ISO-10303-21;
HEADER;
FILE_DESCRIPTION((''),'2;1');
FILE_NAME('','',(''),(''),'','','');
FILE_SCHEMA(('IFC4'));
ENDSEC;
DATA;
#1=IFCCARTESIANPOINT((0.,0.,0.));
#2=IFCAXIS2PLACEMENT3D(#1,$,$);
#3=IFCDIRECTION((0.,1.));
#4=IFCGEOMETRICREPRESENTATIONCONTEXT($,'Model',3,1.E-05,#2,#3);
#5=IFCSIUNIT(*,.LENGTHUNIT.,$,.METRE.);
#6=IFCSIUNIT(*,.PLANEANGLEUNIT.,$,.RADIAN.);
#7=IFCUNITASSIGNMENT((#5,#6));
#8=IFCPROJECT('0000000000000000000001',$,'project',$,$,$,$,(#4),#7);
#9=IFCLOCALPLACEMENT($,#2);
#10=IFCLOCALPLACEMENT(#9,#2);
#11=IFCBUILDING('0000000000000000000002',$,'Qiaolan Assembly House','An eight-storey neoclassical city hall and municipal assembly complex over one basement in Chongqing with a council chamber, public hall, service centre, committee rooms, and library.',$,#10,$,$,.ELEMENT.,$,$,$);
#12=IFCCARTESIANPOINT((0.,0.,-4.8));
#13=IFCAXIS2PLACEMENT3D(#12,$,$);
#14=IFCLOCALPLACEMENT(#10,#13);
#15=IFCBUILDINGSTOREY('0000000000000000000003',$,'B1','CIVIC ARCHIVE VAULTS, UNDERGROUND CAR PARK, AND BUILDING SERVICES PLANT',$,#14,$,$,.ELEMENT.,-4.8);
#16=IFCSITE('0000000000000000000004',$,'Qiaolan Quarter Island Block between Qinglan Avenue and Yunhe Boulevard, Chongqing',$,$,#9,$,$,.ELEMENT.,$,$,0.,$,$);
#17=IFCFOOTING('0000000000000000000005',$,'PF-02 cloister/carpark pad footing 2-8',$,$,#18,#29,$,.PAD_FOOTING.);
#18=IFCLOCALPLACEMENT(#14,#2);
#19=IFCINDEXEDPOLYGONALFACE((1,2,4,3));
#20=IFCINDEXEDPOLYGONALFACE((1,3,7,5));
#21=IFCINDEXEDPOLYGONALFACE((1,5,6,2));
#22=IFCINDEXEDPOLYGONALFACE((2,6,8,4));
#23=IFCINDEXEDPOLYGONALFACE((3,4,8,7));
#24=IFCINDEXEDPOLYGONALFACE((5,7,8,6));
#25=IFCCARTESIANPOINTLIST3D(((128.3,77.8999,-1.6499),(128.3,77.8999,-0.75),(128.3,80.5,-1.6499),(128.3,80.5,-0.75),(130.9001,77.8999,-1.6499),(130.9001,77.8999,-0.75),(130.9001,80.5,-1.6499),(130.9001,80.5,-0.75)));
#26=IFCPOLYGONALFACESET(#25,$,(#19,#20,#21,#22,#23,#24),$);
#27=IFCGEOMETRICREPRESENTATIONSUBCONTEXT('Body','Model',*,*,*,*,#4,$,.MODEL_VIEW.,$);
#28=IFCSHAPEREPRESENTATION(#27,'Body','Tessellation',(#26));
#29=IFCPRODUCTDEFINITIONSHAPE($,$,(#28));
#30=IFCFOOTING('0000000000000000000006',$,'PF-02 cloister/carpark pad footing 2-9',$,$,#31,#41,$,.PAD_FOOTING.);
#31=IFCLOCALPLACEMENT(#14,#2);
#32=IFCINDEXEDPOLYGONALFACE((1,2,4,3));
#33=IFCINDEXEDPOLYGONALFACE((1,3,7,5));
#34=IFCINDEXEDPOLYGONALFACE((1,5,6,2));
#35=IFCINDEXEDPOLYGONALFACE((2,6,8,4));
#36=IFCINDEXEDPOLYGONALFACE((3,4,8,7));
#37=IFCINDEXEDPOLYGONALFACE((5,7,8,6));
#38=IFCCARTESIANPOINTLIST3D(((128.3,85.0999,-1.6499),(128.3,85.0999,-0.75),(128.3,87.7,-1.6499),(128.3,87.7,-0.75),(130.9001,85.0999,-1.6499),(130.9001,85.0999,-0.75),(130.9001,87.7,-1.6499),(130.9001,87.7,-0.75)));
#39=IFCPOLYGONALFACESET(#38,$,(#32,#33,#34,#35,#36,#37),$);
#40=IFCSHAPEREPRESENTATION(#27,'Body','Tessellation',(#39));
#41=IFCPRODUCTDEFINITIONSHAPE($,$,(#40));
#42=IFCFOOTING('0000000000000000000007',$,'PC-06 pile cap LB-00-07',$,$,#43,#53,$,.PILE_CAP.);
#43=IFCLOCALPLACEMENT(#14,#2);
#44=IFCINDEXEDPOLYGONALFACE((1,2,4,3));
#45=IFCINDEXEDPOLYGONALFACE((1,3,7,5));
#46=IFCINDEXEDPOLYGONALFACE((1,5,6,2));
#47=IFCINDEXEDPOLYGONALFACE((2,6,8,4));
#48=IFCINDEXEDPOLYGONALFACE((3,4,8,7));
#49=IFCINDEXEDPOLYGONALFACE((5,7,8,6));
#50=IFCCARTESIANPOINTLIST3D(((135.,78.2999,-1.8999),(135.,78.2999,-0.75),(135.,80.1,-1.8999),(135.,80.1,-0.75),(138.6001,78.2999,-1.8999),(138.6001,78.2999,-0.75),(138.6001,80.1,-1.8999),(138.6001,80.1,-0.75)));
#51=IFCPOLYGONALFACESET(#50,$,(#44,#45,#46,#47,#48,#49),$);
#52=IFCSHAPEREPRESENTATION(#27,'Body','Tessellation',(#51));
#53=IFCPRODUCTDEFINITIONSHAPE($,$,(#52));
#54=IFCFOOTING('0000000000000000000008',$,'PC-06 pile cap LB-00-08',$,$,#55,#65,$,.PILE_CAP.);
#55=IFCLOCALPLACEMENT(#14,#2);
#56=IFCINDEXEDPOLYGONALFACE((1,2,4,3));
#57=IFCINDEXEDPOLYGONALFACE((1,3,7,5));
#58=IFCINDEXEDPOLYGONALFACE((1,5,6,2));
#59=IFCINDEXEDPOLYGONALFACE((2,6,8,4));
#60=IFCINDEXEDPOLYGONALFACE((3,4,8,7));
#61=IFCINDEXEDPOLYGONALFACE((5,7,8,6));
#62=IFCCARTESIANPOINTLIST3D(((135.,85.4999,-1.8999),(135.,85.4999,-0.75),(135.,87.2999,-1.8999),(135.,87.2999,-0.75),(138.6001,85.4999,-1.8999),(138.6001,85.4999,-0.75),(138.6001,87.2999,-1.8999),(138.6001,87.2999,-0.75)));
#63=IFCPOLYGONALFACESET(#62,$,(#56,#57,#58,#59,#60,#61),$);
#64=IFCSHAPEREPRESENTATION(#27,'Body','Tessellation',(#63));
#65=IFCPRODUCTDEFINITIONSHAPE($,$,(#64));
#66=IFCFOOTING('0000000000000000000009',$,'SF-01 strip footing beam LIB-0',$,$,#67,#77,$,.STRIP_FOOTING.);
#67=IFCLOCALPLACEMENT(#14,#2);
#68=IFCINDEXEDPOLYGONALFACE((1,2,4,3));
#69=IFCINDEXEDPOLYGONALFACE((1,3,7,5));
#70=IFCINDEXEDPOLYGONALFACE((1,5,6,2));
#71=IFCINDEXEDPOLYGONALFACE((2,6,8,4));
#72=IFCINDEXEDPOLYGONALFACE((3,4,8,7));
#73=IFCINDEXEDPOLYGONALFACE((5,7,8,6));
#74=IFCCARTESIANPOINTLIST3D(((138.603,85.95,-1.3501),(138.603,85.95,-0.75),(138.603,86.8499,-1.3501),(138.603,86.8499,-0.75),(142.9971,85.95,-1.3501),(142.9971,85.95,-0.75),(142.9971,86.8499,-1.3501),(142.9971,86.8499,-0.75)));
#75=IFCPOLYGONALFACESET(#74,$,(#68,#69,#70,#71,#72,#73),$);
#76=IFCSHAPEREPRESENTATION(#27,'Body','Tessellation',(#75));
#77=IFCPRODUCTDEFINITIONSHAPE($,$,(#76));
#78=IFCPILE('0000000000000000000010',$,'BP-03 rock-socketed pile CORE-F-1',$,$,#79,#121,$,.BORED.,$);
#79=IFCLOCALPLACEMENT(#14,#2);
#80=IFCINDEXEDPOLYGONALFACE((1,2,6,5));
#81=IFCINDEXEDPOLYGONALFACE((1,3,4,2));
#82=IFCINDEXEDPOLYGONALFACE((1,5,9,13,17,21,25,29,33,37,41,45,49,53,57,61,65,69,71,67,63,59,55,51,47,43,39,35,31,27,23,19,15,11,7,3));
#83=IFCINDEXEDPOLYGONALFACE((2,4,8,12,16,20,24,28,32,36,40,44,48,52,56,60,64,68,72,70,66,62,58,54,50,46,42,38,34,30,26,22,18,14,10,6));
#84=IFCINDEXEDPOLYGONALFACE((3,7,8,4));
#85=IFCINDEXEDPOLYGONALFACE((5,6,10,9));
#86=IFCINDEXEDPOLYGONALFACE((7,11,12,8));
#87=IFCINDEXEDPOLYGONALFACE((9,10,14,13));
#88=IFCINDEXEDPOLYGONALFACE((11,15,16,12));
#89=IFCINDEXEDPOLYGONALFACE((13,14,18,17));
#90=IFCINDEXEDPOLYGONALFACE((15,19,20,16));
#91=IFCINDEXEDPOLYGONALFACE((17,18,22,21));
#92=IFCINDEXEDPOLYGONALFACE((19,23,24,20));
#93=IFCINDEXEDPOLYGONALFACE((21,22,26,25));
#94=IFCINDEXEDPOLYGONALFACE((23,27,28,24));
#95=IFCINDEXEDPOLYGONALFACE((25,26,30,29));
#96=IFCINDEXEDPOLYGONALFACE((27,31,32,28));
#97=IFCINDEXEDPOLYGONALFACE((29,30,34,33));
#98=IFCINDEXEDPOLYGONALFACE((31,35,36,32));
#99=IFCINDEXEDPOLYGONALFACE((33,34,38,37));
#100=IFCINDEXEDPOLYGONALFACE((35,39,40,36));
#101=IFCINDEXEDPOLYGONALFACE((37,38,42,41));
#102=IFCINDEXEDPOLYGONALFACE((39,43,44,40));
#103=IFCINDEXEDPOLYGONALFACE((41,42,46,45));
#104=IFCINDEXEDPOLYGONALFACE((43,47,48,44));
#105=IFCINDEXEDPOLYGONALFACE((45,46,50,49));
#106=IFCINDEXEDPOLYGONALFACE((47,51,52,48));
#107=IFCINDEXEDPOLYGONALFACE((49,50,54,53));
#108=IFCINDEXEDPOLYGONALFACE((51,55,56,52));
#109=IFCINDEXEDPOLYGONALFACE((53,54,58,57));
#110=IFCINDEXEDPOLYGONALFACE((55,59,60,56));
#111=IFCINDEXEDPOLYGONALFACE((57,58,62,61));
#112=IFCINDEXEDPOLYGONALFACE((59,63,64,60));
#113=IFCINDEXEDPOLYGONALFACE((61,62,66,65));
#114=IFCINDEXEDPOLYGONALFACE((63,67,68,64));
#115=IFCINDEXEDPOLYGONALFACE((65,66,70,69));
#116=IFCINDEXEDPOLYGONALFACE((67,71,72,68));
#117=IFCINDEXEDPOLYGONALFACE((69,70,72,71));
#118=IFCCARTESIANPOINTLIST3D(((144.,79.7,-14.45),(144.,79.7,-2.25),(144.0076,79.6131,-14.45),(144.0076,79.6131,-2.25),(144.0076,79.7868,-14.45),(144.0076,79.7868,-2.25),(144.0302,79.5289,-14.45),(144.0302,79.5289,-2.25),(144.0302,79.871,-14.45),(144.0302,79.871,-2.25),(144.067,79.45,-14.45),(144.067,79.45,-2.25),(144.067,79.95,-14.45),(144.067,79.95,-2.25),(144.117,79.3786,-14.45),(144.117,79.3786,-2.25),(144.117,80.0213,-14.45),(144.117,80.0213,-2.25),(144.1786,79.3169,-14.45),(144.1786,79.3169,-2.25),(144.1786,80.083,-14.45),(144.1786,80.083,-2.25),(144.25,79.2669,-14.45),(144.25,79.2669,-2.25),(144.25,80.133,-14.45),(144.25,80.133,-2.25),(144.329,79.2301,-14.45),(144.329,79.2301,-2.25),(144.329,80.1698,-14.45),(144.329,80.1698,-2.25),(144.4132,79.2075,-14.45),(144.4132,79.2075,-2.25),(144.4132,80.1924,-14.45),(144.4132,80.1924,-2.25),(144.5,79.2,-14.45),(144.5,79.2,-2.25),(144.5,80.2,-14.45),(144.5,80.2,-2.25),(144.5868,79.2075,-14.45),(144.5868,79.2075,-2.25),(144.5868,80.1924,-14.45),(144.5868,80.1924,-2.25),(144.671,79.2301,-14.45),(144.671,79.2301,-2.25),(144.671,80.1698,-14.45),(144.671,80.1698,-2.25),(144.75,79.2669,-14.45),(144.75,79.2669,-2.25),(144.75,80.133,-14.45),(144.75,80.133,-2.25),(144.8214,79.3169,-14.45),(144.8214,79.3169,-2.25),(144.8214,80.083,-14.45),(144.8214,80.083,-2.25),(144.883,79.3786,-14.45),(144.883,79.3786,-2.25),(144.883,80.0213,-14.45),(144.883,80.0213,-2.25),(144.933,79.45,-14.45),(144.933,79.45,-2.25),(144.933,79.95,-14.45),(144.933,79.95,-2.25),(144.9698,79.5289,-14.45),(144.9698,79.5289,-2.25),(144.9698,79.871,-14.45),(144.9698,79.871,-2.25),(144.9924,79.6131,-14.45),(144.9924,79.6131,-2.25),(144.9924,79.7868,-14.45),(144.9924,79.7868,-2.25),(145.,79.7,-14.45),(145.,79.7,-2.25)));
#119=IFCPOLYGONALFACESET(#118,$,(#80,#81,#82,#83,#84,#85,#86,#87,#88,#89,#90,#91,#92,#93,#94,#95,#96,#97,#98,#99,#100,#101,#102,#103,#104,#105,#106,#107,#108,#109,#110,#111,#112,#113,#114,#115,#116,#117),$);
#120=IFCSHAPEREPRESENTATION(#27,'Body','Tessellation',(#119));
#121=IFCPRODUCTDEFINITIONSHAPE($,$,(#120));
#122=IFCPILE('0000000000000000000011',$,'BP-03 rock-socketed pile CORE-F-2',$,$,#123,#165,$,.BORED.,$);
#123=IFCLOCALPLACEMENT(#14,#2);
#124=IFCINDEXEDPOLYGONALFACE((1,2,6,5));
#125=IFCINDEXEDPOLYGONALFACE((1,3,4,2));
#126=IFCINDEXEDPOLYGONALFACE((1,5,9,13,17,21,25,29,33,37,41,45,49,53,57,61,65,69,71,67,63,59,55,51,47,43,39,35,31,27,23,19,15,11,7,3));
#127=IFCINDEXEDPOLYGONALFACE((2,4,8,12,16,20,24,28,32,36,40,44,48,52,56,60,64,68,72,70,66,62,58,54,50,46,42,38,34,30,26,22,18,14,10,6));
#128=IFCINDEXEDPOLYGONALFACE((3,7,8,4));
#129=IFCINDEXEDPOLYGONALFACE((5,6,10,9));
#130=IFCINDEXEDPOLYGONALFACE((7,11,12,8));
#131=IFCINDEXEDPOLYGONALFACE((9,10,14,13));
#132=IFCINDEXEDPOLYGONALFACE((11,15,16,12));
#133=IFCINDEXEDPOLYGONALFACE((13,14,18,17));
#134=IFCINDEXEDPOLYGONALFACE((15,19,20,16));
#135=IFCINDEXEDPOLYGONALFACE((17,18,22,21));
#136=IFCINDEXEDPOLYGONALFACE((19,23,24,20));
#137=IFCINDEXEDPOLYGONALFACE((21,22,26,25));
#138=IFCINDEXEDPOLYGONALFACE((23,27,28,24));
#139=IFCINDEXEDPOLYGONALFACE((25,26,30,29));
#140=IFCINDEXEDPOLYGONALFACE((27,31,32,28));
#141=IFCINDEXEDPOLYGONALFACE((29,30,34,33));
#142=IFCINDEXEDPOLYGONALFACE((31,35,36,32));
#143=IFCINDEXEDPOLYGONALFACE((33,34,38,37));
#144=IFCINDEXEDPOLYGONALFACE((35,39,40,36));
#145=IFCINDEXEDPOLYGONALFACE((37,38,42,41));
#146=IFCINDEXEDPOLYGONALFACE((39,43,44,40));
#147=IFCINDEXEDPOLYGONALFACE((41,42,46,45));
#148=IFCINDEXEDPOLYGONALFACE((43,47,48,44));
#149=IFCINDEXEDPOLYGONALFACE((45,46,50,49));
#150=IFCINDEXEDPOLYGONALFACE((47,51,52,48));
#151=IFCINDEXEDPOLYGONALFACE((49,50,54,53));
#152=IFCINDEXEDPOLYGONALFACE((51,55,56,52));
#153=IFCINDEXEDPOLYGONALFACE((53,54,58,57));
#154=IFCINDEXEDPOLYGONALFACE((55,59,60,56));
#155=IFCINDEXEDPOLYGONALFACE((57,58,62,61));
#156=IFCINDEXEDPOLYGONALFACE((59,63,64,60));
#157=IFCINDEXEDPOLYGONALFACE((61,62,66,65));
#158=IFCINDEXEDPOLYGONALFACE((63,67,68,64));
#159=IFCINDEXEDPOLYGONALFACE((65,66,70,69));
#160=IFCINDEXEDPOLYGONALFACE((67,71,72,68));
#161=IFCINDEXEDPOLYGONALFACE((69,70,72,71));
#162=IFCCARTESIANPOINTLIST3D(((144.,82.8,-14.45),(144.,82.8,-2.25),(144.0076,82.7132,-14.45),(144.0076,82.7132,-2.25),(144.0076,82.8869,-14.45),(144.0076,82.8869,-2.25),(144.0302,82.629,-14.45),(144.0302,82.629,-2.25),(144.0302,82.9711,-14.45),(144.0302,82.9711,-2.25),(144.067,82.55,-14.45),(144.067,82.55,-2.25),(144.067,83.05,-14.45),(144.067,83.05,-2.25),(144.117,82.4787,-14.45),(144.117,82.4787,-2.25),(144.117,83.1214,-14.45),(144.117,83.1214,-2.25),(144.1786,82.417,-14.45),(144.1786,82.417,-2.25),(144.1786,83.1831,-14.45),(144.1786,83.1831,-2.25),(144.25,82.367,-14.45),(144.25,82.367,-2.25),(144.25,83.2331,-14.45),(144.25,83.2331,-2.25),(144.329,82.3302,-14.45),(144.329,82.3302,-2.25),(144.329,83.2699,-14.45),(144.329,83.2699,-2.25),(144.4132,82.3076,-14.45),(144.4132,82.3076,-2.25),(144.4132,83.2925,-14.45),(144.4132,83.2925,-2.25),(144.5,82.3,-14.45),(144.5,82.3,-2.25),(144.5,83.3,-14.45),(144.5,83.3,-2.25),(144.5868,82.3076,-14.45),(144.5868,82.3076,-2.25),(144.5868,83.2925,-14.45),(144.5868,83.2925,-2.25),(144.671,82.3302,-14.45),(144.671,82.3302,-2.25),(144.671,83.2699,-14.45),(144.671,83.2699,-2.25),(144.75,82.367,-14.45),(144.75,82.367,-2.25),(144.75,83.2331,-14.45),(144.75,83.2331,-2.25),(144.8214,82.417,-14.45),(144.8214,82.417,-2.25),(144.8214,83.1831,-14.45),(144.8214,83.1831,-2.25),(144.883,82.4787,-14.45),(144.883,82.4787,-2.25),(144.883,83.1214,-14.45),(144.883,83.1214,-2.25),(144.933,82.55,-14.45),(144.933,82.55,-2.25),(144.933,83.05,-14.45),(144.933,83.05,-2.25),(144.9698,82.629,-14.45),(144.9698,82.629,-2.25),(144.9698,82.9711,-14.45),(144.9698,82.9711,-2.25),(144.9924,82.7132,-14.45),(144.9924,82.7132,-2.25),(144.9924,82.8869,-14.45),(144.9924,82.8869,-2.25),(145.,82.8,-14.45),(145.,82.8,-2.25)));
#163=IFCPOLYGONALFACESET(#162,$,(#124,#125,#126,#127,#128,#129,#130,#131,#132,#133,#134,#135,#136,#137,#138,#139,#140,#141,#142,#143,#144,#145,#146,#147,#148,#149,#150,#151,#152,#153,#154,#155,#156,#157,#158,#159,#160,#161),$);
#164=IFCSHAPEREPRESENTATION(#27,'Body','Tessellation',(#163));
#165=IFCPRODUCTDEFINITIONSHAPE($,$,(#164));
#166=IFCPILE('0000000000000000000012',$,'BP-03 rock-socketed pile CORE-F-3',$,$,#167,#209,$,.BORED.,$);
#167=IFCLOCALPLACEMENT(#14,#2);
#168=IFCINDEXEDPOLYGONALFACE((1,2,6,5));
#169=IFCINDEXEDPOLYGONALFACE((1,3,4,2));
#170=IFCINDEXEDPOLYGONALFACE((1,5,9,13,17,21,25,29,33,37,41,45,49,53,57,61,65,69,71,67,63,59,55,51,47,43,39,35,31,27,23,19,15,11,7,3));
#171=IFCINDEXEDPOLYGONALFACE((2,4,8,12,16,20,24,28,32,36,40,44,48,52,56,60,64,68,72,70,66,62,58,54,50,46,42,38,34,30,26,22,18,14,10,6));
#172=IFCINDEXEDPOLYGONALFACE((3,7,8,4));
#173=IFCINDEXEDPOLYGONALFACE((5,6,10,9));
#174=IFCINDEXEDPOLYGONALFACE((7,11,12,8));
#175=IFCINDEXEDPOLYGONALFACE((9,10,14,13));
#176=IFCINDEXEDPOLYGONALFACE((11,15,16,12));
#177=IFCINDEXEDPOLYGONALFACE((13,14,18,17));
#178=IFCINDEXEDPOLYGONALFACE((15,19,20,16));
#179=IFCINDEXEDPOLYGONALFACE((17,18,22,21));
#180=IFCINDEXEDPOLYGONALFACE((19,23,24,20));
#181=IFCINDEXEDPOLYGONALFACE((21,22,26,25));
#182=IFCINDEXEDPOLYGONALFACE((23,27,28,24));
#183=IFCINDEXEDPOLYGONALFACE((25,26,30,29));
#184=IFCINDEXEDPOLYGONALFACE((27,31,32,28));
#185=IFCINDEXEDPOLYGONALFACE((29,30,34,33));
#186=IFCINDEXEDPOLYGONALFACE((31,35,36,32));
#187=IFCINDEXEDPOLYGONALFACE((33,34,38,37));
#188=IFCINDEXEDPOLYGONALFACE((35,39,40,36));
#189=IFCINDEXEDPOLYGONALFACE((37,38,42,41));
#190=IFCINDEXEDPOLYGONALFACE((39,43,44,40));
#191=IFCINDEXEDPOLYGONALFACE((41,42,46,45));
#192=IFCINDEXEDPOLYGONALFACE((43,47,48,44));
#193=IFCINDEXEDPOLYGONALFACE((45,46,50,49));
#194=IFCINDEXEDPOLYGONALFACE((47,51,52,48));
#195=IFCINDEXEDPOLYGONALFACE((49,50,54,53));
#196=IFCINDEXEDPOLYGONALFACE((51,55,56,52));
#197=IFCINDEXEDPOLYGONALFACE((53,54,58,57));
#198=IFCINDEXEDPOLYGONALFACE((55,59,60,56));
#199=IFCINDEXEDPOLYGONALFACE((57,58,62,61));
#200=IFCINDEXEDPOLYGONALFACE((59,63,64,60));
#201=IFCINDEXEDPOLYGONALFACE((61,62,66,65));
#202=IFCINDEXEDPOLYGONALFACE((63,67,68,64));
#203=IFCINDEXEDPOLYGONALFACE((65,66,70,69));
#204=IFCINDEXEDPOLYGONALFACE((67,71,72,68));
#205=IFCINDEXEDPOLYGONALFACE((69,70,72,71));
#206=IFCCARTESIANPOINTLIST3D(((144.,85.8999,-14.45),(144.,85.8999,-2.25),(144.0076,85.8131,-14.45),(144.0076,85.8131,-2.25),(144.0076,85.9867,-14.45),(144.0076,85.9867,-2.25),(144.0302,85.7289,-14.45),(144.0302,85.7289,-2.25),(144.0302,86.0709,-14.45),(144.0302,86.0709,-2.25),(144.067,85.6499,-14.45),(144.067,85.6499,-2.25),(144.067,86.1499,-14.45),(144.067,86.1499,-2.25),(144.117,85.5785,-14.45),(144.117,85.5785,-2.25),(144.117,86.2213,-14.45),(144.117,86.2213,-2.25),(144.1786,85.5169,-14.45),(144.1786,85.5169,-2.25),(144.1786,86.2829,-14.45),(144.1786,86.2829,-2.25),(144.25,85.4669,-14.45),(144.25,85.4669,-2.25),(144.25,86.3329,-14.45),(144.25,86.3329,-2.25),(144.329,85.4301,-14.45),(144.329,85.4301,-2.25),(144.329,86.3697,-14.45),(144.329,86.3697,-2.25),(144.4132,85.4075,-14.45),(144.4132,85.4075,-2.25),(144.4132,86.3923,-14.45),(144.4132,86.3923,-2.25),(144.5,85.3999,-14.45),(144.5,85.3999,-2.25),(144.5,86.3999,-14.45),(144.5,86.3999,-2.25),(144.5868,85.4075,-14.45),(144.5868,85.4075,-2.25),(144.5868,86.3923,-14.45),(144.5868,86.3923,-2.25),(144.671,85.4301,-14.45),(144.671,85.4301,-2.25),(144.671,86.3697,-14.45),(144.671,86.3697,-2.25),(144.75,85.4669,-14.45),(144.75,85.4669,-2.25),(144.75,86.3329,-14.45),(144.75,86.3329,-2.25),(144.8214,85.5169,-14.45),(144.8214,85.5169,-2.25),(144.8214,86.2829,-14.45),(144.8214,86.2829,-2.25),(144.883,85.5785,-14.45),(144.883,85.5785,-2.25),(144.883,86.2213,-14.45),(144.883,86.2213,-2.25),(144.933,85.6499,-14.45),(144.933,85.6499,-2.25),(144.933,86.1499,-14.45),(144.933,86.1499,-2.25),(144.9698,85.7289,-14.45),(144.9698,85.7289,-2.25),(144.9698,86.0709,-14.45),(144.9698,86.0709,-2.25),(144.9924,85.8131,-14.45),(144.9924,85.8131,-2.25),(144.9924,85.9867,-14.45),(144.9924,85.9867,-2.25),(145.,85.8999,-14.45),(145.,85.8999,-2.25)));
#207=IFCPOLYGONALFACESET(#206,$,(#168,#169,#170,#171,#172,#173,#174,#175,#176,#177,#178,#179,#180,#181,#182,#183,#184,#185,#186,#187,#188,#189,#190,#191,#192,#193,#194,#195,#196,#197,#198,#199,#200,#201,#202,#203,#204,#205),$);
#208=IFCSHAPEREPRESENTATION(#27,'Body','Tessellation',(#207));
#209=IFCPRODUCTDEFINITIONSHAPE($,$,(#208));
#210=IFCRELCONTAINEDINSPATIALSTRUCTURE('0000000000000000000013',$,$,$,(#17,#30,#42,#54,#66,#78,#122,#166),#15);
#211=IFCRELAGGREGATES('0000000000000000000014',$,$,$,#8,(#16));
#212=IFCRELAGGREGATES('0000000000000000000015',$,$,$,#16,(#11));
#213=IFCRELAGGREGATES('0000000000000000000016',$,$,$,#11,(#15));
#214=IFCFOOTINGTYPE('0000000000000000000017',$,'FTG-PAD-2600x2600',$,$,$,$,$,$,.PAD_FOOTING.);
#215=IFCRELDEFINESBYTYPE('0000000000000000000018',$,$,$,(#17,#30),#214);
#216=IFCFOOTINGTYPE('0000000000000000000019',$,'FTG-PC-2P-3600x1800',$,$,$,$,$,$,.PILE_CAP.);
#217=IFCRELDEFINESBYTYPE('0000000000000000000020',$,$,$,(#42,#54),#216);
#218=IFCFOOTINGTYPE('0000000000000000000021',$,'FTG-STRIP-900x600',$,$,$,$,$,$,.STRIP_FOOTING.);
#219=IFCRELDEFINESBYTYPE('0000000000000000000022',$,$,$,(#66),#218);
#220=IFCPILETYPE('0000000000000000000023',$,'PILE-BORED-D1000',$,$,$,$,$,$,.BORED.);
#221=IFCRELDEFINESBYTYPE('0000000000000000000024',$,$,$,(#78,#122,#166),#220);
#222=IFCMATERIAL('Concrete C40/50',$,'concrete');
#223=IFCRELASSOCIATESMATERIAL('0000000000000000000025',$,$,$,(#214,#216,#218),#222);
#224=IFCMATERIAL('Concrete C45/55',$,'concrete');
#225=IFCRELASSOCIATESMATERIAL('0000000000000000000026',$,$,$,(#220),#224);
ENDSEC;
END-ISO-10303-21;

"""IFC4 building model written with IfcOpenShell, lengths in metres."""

from ifc_helpers import new_model, si_unit, direction, frame, origin, origin_2d, place, context, subcontext, project, spatial, rectangle, circle, extrude, material, material_profile, profile_set, type_object, element, save


model = new_model("IFC4")

# Units and contexts
model_context = context("Model", 3, precision=1e-05, world=origin(), true_north=direction((0.0, 1.0)))
body_context = subcontext(model_context, "Body", "Model", "MODEL_VIEW")
ifc_project = project(units=[si_unit("LENGTHUNIT", "METRE"), si_unit("PLANEANGLEUNIT", "RADIAN")], contexts=[model_context])

# Site, building, storey
site_placement = place(None, origin())
site = spatial("IfcSite", under=ifc_project, at=site_placement, Name="Qiaolan Quarter Island Block between Qinglan Avenue and Yunhe Boulevard, Chongqing", CompositionType="ELEMENT", RefElevation=0.0)
building_placement = place(site_placement, origin())
building = spatial("IfcBuilding", under=site, at=building_placement, Name="Qiaolan Assembly House", Description="An eight-storey neoclassical city hall and municipal assembly complex over one basement in Chongqing with a council chamber, public hall, service centre, committee rooms, and library.", CompositionType="ELEMENT")
storey_placement = place(building_placement, frame((0.0, 0.0, -4.8)))
storey = spatial("IfcBuildingStorey", under=building, at=storey_placement, Name="B1", Description="CIVIC ARCHIVE VAULTS, UNDERGROUND CAR PARK, AND BUILDING SERVICES PLANT", CompositionType="ELEMENT", Elevation=-4.8)

# Footings
ifc_material_1 = material(Name="Concrete C40/50", Category="concrete")
footing_type_1 = type_object("IfcFootingType", Name="FTG-PAD-2600x2600", PredefinedType="PAD_FOOTING", material=ifc_material_1)
for number, where, z_axis, x_axis, name in (
    (1, (129.6001, 79.2, -1.6499), (0.0, 0.0, 1.0), (1.0, 0.0, 0.0), "PF-02 cloister/carpark pad footing 2-8"),
    (2, (129.6001, 86.3999, -1.6499), (0.0, 0.0, 1.0), (1.0, 0.0, 0.0), "PF-02 cloister/carpark pad footing 2-9"),
):
    element("IfcFooting", number, at=place(storey_placement, frame(where, z_axis=z_axis, x_axis=x_axis)), inside=storey, type_object=footing_type_1, Name=name, PredefinedType="PAD_FOOTING", context=body_context, shape_type="SweptSolid", body=[
        extrude(rectangle(XDim=2.6001, YDim=2.6001, at=origin_2d()), origin(), (0.0, 0.0, 1.0), 0.8999),
    ])
footing_type_2 = type_object("IfcFootingType", Name="FTG-PC-2P-3600x1800", PredefinedType="PILE_CAP", material=ifc_material_1)
for number, where, z_axis, x_axis, name in (
    (3, (136.8, 79.2, -1.8999), (0.0, 0.0, 1.0), (1.0, 0.0, 0.0), "PC-06 pile cap LB-00-07"),
    (4, (136.8, 86.3999, -1.8999), (0.0, 0.0, 1.0), (1.0, 0.0, 0.0), "PC-06 pile cap LB-00-08"),
):
    element("IfcFooting", number, at=place(storey_placement, frame(where, z_axis=z_axis, x_axis=x_axis)), inside=storey, type_object=footing_type_2, Name=name, PredefinedType="PILE_CAP", context=body_context, shape_type="SweptSolid", body=[
        extrude(rectangle(XDim=3.6001, YDim=1.8, at=origin_2d()), origin(), (0.0, 0.0, 1.0), 1.1499),
    ])
ifc_material_profile_1 = material_profile(ifc_material_1, rectangle(XDim=0.8999, YDim=0.6001, at=origin_2d()), Name="SF 900x600")
ifc_profile_set_1 = profile_set([ifc_material_profile_1], Name="Concrete C40/50")
footing_type_3 = type_object("IfcFootingType", Name="FTG-STRIP-900x600", PredefinedType="STRIP_FOOTING", material=ifc_profile_set_1)
footing_placement = place(storey_placement, frame((138.603, 86.3999, -1.05), z_axis=(1.0, 0.0, 0.0), x_axis=(0.0, 1.0, 0.0)))
element("IfcFooting", 5, at=footing_placement, inside=storey, type_object=footing_type_3, Name="SF-01 strip footing beam LIB-0", PredefinedType="STRIP_FOOTING", context=body_context, shape_type="SweptSolid", body=[
    extrude(rectangle(XDim=0.8999, YDim=0.6001, at=origin_2d()), origin(), (0.0, 0.0, 1.0), 4.394),
])

# Piles
ifc_material_2 = material(Name="Concrete C45/55", Category="concrete")
ifc_material_profile_2 = material_profile(ifc_material_2, circle(Radius=0.5, at=origin_2d()), Name="PILE D1000")
ifc_profile_set_2 = profile_set([ifc_material_profile_2], Name="Concrete C45/55")
pile_type_1 = type_object("IfcPileType", Name="PILE-BORED-D1000", PredefinedType="BORED", material=ifc_profile_set_2)
for number, where, z_axis, x_axis, name in (
    (6, (144.5, 79.7, -2.25), (0.0, 0.0, -1.0), (1.0, 0.0, 0.0), "BP-03 rock-socketed pile CORE-F-1"),
    (7, (144.5, 82.8, -2.25), (0.0, 0.0, -1.0), (1.0, 0.0, 0.0), "BP-03 rock-socketed pile CORE-F-2"),
    (8, (144.5, 85.8999, -2.25), (0.0, 0.0, -1.0), (1.0, 0.0, 0.0), "BP-03 rock-socketed pile CORE-F-3"),
):
    element("IfcPile", number, at=place(storey_placement, frame(where, z_axis=z_axis, x_axis=x_axis)), inside=storey, type_object=pile_type_1, Name=name, PredefinedType="BORED", context=body_context, shape_type="SweptSolid", body=[
        extrude(circle(Radius=0.5, at=origin_2d()), origin(), (0.0, 0.0, 1.0), 12.2),
    ])

save(model, "model.ifc")
